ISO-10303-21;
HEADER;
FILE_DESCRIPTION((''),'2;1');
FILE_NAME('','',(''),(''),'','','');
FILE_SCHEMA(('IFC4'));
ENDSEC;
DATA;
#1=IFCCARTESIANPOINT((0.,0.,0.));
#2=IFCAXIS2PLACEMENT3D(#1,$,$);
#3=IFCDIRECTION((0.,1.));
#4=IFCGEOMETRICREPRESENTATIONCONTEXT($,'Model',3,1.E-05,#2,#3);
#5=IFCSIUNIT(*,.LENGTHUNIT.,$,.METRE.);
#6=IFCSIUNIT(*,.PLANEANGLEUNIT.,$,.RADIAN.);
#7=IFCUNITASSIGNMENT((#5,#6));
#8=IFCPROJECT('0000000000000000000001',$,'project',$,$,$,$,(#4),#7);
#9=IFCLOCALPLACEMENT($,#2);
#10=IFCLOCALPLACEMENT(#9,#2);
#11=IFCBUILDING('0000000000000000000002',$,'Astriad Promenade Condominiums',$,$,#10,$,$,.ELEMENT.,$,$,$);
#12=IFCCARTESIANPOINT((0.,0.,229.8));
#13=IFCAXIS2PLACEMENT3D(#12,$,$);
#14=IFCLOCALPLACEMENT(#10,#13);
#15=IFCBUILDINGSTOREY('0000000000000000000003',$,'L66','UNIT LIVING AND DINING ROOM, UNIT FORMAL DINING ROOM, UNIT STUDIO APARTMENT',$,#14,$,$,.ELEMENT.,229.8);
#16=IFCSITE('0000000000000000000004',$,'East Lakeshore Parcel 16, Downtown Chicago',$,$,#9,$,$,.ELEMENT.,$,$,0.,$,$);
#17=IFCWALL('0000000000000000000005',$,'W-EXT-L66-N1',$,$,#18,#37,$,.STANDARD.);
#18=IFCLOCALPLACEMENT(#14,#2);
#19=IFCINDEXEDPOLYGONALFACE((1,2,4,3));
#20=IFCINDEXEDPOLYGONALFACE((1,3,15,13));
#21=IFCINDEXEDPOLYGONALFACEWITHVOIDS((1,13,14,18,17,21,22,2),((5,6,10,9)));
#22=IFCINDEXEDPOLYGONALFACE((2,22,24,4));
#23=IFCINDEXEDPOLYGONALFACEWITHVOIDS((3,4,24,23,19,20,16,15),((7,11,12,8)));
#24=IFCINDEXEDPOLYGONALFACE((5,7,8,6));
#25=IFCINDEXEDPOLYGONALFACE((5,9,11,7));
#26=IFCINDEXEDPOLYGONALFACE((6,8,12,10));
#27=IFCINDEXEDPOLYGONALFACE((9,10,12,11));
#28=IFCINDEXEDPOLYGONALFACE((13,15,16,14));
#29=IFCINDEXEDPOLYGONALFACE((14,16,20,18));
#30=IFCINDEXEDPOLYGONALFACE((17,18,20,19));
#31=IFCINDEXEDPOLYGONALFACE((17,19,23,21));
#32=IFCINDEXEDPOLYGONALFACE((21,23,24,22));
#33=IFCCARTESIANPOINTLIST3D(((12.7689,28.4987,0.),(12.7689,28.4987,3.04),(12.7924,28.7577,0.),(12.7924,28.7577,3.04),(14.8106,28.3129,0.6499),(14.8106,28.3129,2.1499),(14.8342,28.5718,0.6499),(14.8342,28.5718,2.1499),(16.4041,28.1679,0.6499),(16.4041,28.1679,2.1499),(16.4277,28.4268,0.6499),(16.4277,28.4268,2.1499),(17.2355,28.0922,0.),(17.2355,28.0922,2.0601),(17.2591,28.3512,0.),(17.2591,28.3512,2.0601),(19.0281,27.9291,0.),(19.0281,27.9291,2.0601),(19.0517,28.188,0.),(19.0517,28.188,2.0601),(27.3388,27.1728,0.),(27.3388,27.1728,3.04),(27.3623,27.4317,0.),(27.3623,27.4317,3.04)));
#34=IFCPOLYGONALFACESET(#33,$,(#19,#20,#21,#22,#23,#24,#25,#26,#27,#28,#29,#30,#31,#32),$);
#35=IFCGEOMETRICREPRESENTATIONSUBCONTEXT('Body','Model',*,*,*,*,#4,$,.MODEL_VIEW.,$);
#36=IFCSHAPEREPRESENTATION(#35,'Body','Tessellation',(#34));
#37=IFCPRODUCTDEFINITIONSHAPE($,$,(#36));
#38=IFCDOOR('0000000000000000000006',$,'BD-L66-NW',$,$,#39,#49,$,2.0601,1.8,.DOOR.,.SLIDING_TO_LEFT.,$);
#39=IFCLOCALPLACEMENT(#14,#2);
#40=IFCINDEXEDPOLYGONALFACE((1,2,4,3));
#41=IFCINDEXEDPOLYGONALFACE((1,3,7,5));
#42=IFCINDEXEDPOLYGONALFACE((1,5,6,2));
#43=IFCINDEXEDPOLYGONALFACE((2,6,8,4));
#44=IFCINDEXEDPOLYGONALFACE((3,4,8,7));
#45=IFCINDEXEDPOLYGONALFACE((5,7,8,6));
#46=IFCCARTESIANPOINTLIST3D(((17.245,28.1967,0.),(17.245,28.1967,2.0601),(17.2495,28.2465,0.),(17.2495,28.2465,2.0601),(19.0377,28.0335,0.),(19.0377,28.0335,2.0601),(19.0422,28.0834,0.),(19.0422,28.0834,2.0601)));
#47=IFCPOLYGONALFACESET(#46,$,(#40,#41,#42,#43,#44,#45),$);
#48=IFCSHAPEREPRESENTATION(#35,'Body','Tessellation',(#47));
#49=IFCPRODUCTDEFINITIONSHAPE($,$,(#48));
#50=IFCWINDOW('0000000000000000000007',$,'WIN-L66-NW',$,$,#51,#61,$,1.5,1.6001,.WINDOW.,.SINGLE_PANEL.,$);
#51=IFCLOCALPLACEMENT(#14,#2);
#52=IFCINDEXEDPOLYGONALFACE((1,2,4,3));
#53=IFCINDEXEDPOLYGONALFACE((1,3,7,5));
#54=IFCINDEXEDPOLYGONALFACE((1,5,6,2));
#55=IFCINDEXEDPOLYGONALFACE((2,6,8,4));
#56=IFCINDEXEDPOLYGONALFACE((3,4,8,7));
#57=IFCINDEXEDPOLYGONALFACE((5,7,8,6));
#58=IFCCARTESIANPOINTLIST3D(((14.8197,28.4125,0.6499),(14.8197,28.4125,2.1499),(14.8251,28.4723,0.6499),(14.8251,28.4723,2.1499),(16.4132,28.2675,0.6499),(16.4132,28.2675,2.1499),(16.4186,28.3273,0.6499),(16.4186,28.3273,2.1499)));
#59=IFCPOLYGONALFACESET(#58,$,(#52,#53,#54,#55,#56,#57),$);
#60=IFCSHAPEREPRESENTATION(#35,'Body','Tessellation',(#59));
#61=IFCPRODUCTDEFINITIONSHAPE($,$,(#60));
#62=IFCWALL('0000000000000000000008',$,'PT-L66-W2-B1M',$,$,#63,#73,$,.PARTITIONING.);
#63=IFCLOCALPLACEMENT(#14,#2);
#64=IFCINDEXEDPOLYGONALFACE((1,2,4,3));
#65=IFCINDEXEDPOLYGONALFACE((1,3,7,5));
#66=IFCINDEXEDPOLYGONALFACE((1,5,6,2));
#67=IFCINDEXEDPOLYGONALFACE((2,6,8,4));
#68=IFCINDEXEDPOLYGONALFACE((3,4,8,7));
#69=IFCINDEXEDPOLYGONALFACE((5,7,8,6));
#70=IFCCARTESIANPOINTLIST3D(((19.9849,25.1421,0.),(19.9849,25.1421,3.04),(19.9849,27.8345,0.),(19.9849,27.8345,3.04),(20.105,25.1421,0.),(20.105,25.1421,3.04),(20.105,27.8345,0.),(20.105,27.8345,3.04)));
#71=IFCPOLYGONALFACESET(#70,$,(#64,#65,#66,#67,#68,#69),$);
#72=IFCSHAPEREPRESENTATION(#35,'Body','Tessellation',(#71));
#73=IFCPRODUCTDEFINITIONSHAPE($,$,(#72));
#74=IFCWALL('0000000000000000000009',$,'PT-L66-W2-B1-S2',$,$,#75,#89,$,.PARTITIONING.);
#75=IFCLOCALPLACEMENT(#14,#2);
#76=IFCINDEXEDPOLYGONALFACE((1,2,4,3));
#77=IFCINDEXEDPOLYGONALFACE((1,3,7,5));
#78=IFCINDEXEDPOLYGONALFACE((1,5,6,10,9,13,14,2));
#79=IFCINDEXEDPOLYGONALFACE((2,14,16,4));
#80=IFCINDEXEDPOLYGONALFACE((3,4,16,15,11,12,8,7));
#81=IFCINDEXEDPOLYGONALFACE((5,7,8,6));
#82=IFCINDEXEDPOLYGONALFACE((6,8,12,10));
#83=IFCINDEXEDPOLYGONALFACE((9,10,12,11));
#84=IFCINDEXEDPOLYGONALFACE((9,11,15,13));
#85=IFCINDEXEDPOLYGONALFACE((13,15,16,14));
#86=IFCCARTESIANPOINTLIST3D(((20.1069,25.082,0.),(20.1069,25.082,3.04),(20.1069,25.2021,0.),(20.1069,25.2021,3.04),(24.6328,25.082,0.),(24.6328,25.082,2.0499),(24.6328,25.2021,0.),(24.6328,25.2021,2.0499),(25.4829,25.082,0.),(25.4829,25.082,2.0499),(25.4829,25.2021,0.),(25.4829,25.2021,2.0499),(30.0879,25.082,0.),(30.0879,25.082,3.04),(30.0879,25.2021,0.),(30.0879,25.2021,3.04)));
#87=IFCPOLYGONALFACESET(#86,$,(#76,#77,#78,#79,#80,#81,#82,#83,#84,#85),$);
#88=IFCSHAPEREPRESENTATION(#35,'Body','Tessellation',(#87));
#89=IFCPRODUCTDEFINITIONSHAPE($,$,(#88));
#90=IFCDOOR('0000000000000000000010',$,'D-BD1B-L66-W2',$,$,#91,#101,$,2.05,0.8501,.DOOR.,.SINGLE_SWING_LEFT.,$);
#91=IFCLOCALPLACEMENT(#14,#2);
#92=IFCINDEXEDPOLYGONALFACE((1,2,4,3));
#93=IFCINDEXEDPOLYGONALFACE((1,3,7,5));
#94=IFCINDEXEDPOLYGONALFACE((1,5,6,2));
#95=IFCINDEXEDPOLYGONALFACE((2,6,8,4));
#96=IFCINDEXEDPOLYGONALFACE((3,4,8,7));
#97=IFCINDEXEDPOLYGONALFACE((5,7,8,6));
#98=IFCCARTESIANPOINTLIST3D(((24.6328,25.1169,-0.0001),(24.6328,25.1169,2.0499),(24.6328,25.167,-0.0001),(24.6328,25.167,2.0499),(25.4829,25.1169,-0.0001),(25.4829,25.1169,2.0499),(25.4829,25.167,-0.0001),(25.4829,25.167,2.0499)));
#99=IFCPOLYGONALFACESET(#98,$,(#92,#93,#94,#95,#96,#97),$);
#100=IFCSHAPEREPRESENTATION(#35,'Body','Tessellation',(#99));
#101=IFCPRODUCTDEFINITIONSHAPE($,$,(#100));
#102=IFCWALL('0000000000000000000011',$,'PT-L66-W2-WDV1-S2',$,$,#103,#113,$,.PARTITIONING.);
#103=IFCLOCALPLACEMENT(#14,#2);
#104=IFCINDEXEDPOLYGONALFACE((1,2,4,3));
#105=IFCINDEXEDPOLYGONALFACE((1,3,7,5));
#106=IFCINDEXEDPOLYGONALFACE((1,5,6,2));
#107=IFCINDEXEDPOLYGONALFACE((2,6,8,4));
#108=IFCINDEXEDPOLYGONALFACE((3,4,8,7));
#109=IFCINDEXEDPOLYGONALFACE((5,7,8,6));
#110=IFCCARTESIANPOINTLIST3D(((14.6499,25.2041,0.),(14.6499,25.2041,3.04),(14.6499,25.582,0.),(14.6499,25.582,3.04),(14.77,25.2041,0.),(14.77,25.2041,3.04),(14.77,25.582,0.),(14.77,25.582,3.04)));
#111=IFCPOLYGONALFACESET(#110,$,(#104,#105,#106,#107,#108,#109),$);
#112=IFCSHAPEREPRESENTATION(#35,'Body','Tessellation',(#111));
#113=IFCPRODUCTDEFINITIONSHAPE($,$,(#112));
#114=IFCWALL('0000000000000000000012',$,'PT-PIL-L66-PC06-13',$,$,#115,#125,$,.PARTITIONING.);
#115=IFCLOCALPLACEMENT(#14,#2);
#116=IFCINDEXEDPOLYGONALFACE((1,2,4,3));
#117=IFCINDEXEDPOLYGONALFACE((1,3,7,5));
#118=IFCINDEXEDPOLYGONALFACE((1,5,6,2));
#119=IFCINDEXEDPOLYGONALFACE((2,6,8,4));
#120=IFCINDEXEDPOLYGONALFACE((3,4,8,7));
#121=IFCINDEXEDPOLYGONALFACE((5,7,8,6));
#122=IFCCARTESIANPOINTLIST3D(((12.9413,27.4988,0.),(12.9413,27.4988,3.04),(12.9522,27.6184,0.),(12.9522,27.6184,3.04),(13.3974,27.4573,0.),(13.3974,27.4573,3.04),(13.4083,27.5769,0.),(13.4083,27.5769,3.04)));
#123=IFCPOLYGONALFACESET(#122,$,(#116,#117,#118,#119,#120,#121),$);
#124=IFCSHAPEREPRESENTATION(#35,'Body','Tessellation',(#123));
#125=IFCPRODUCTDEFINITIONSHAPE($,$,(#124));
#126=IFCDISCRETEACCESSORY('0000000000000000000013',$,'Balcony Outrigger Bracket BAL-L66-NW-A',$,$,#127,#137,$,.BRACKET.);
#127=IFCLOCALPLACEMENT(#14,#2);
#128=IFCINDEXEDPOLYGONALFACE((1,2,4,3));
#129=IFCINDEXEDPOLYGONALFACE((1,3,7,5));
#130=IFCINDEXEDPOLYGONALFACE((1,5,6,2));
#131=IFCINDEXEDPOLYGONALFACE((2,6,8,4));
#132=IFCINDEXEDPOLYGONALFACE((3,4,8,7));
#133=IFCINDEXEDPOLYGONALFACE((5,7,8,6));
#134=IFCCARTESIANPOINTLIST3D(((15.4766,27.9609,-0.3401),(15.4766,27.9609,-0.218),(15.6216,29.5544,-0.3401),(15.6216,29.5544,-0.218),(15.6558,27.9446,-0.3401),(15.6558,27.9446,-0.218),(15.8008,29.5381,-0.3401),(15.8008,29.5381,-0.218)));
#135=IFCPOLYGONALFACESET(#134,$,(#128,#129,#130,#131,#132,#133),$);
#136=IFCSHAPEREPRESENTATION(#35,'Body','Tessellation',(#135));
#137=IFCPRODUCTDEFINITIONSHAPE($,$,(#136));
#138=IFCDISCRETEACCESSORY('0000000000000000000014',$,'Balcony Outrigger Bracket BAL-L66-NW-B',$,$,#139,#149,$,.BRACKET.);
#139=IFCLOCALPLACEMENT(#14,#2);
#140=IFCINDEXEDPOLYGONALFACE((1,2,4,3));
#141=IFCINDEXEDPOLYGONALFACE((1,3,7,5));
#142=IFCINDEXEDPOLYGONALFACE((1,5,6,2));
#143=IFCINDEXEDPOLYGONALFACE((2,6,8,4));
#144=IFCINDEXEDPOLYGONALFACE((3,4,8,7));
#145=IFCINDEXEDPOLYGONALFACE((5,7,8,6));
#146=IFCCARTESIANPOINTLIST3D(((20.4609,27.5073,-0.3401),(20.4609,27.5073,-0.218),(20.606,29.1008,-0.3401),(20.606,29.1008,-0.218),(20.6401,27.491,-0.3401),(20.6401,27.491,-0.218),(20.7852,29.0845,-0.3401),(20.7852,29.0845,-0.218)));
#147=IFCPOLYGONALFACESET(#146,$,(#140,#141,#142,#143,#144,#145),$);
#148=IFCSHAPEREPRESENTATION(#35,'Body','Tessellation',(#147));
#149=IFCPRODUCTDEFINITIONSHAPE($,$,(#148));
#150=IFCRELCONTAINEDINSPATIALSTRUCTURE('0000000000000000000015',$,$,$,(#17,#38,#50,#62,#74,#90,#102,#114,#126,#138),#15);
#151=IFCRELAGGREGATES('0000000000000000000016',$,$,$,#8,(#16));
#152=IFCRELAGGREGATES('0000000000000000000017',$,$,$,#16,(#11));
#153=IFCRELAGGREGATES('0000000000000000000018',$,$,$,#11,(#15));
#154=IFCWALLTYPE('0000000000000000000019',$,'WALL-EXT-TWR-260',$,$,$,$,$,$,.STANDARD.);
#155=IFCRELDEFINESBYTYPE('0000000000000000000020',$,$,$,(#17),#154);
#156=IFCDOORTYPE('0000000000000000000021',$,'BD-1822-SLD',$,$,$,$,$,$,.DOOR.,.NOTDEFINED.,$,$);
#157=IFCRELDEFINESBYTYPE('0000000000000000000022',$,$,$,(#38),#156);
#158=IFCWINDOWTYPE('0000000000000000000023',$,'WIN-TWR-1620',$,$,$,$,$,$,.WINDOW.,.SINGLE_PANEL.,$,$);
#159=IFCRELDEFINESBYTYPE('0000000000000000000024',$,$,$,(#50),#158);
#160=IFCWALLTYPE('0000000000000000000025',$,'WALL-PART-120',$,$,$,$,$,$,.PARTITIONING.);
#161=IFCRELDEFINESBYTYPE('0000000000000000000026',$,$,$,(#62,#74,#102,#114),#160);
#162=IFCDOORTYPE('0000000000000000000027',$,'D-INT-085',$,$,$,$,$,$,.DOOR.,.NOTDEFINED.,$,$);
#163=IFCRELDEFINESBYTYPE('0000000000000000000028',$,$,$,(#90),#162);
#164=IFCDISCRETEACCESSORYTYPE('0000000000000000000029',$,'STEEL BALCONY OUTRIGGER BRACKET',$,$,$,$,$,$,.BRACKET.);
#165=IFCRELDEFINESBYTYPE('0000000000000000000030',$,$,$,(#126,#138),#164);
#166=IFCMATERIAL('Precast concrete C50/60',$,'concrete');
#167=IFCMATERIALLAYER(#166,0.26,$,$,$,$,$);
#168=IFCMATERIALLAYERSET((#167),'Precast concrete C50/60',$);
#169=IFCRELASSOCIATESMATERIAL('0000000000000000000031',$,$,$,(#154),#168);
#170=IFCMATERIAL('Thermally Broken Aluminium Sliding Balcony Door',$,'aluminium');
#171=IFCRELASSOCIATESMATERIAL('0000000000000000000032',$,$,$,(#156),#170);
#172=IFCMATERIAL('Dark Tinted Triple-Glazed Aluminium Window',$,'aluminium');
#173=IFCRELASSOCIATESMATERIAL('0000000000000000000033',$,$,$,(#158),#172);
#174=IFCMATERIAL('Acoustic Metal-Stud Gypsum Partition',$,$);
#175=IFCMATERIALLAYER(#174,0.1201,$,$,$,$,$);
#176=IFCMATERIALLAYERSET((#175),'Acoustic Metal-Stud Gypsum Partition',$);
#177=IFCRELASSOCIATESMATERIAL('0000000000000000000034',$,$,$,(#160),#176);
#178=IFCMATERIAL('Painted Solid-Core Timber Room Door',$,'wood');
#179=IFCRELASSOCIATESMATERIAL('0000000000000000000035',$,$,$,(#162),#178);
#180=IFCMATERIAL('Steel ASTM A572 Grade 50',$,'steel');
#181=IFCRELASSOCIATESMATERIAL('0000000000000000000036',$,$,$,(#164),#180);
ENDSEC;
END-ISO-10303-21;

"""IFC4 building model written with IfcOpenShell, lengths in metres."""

from ifc_helpers import new_model, si_unit, direction, frame, frame_2d, origin, origin_2d, place, context, subcontext, project, spatial, rectangle, extrude, source, transform, mapped, material, layer, layer_set, type_object, type_shapes, element, fill, save


model = new_model("IFC4")

# Units and contexts
model_context = context("Model", 3, precision=1e-05, world=origin(), true_north=direction((0.0, 1.0)))
body_context = subcontext(model_context, "Body", "Model", "MODEL_VIEW")
ifc_project = project(units=[si_unit("LENGTHUNIT", "METRE"), si_unit("PLANEANGLEUNIT", "RADIAN")], contexts=[model_context])

# Site, building, storey
site_placement = place(None, origin())
site = spatial("IfcSite", under=ifc_project, at=site_placement, Name="East Lakeshore Parcel 16, Downtown Chicago", CompositionType="ELEMENT", RefElevation=0.0)
building_placement = place(site_placement, origin())
building = spatial("IfcBuilding", under=site, at=building_placement, Name="Astriad Promenade Condominiums", CompositionType="ELEMENT")
storey_placement = place(building_placement, frame((0.0, 0.0, 229.8)))
storey = spatial("IfcBuildingStorey", under=building, at=storey_placement, Name="L66", Description="UNIT LIVING AND DINING ROOM, UNIT FORMAL DINING ROOM, UNIT STUDIO APARTMENT", CompositionType="ELEMENT", Elevation=229.8)

# Shared definitions
ifc_material_1 = material(Name="Precast concrete C50/60", Category="concrete")
ifc_layer_1 = layer(ifc_material_1, 0.26)
ifc_layer_set_1 = layer_set([ifc_layer_1], Name="Precast concrete C50/60")
wall_type_1 = type_object("IfcWallType", Name="WALL-EXT-TWR-260", PredefinedType="STANDARD", material=ifc_layer_set_1)

# Wall, openings, door, window
wall_1_placement = place(storey_placement, frame((12.7808, 28.6282, 0.0), z_axis=(0.0, 0.0, 1.0), x_axis=(0.995885, -0.090631, 0.0)))
wall_1 = element("IfcWall", 1, at=wall_1_placement, inside=storey, type_object=wall_type_1, Name="W-EXT-L66-N1", PredefinedType="STANDARD", context=body_context, shape_type="SweptSolid", body=[
    extrude(rectangle(XDim=14.6301, YDim=0.26, at=frame_2d((7.3149, 0.0))), origin(), (0.0, 0.0, 1.0), 3.04),
])
opening_1_placement = place(wall_1_placement, frame((4.4851, 0.0, 0.0)))
opening_1 = element("IfcOpeningElement", 2, at=opening_1_placement, cuts=wall_1, PredefinedType="OPENING", context=body_context, shape_type="SweptSolid", body=[
    extrude(rectangle(XDim=1.8, YDim=2.0601, at=frame_2d((0.8999, 1.03))), frame((0.0, 0.1399, 0.0), z_axis=(0.0, -1.0, 0.0), x_axis=(1.0, 0.0, 0.0)), (0.0, 0.0, 1.0), 0.28),
])
opening_2_placement = place(wall_1_placement, frame((2.05, 0.0, 0.6499)))
opening_2 = element("IfcOpeningElement", 3, at=opening_2_placement, cuts=wall_1, PredefinedType="OPENING", context=body_context, shape_type="SweptSolid", body=[
    extrude(rectangle(XDim=1.6001, YDim=1.5, at=frame_2d((0.8, 0.75))), frame((0.0, 0.1399, 0.0), z_axis=(0.0, -1.0, 0.0), x_axis=(1.0, 0.0, 0.0)), (0.0, 0.0, 1.0), 0.28),
])
ifc_material_2 = material(Name="Thermally Broken Aluminium Sliding Balcony Door", Category="aluminium")
door_type_1 = type_object("IfcDoorType", Name="BD-1822-SLD", OperationType="NOTDEFINED", PredefinedType="DOOR", material=ifc_material_2)
shared_shape_1 = source(origin(), body_context, "Body", "SweptSolid", [
    extrude(rectangle(XDim=1.8, YDim=2.0601, at=frame_2d((0.8999, 1.03))), frame((0.0, 0.0249, 0.0), z_axis=(0.0, -1.0, 0.0), x_axis=(1.0, 0.0, 0.0)), (0.0, 0.0, 1.0), 0.05),
])
type_shapes(door_type_1, [shared_shape_1])
door_1_placement = place(opening_1_placement, origin())
door_1 = element("IfcDoor", 4, at=door_1_placement, inside=storey, type_object=door_type_1, Name="BD-L66-NW", OperationType="SLIDING_TO_LEFT", OverallHeight=2.0601, OverallWidth=1.8, PredefinedType="DOOR", context=body_context, shape_type="MappedRepresentation", body=[
    mapped(shared_shape_1, transform((0.0, 0.0, 0.0), scale=1.0)),
])
fill(opening_1, door_1)
ifc_material_3 = material(Name="Dark Tinted Triple-Glazed Aluminium Window", Category="aluminium")
window_type = type_object("IfcWindowType", Name="WIN-TWR-1620", PartitioningType="SINGLE_PANEL", PredefinedType="WINDOW", material=ifc_material_3)
shared_shape_2 = source(origin(), body_context, "Body", "SweptSolid", [
    extrude(rectangle(XDim=1.6001, YDim=1.5, at=frame_2d((0.8, 0.75))), frame((0.0, 0.03, 0.0), z_axis=(0.0, -1.0, 0.0), x_axis=(1.0, 0.0, 0.0)), (0.0, 0.0, 1.0), 0.0601),
])
type_shapes(window_type, [shared_shape_2])
window_placement = place(opening_2_placement, origin())
window = element("IfcWindow", 5, at=window_placement, inside=storey, type_object=window_type, Name="WIN-L66-NW", OverallHeight=1.5, OverallWidth=1.6001, PartitioningType="SINGLE_PANEL", PredefinedType="WINDOW", context=body_context, shape_type="MappedRepresentation", body=[
    mapped(shared_shape_2, transform((0.0, 0.0, 0.0), scale=1.0)),
])
fill(opening_2, window)

# Wall
ifc_material_4 = material(Name="Acoustic Metal-Stud Gypsum Partition")
ifc_layer_2 = layer(ifc_material_4, 0.1201)
ifc_layer_set_2 = layer_set([ifc_layer_2], Name="Acoustic Metal-Stud Gypsum Partition")
wall_type_2 = type_object("IfcWallType", Name="WALL-PART-120", PredefinedType="PARTITIONING", material=ifc_layer_set_2)
wall_2_placement = place(storey_placement, frame((20.0449, 25.1421, 0.0), z_axis=(0.0, 0.0, 1.0), x_axis=(0.0, 1.0, 0.0)))
element("IfcWall", 6, at=wall_2_placement, inside=storey, type_object=wall_type_2, Name="PT-L66-W2-B1M", PredefinedType="PARTITIONING", context=body_context, shape_type="SweptSolid", body=[
    extrude(rectangle(XDim=2.6924, YDim=0.1201, at=frame_2d((1.3462, 0.0))), origin(), (0.0, 0.0, 1.0), 3.04),
])

# Wall, opening, door
wall_3_placement = place(storey_placement, frame((20.1069, 25.1421, 0.0), z_axis=(0.0, 0.0, 1.0), x_axis=(1.0, 0.0, 0.0)))
wall_3 = element("IfcWall", 7, at=wall_3_placement, inside=storey, type_object=wall_type_2, Name="PT-L66-W2-B1-S2", PredefinedType="PARTITIONING", context=body_context, shape_type="SweptSolid", body=[
    extrude(rectangle(XDim=9.981, YDim=0.1201, at=frame_2d((4.9905, 0.0))), origin(), (0.0, 0.0, 1.0), 3.04),
])
opening_3_placement = place(wall_3_placement, frame((4.5259, 0.0, 0.0)))
opening_3 = element("IfcOpeningElement", 8, at=opening_3_placement, cuts=wall_3, PredefinedType="OPENING", context=body_context, shape_type="SweptSolid", body=[
    extrude(rectangle(XDim=0.8501, YDim=2.05, at=frame_2d((0.425, 1.0249))), frame((0.0, 0.0701, 0.0), z_axis=(0.0, -1.0, 0.0), x_axis=(1.0, 0.0, 0.0)), (0.0, 0.0, 1.0), 0.1401),
])
ifc_material_5 = material(Name="Painted Solid-Core Timber Room Door", Category="wood")
door_type_2 = type_object("IfcDoorType", Name="D-INT-085", OperationType="NOTDEFINED", PredefinedType="DOOR", material=ifc_material_5)
shared_shape_3 = source(origin(), body_context, "Body", "SweptSolid", [
    extrude(rectangle(XDim=0.8501, YDim=2.05, at=frame_2d((0.425, 1.0249))), frame((0.0, 0.0249, 0.0), z_axis=(0.0, -1.0, 0.0), x_axis=(1.0, 0.0, 0.0)), (0.0, 0.0, 1.0), 0.05),
])
type_shapes(door_type_2, [shared_shape_3])
door_2_placement = place(opening_3_placement, origin())
door_2 = element("IfcDoor", 9, at=door_2_placement, inside=storey, type_object=door_type_2, Name="D-BD1B-L66-W2", OperationType="SINGLE_SWING_LEFT", OverallHeight=2.05, OverallWidth=0.8501, PredefinedType="DOOR", context=body_context, shape_type="MappedRepresentation", body=[
    mapped(shared_shape_3, transform((0.0, 0.0, 0.0), scale=1.0)),
])
fill(opening_3, door_2)

# Walls
wall_4_placement = place(storey_placement, frame((14.71, 25.2041, 0.0), z_axis=(0.0, 0.0, 1.0), x_axis=(0.0, 1.0, 0.0)))
element("IfcWall", 10, at=wall_4_placement, inside=storey, type_object=wall_type_2, Name="PT-L66-W2-WDV1-S2", PredefinedType="PARTITIONING", context=body_context, shape_type="SweptSolid", body=[
    extrude(rectangle(XDim=0.3779, YDim=0.1201, at=frame_2d((0.189, 0.0))), origin(), (0.0, 0.0, 1.0), 3.04),
])
wall_5_placement = place(storey_placement, frame((13.4028, 27.5171, 0.0), z_axis=(0.0, 0.0, 1.0), x_axis=(-0.995884, 0.090632, 0.0)))
element("IfcWall", 11, at=wall_5_placement, inside=storey, type_object=wall_type_2, Name="PT-PIL-L66-PC06-13", PredefinedType="PARTITIONING", context=body_context, shape_type="SweptSolid", body=[
    extrude(rectangle(XDim=0.458, YDim=0.1201, at=frame_2d((0.229, 0.0))), origin(), (0.0, 0.0, 1.0), 3.04),
])

# Discrete accessories
ifc_material_6 = material(Name="Steel ASTM A572 Grade 50", Category="steel")
discrete_accessory_type = type_object("IfcDiscreteAccessoryType", Name="STEEL BALCONY OUTRIGGER BRACKET", PredefinedType="BRACKET", material=ifc_material_6)
shared_shape_4 = source(origin(), body_context, "Body", "SweptSolid", [
    extrude(rectangle(XDim=1.6001, YDim=0.1799, at=origin_2d()), origin(), (0.0, 0.0, 1.0), 0.1221),
])
type_shapes(discrete_accessory_type, [shared_shape_4])
for number, where, z_axis, x_axis, name in (
    (12, (15.6387, 28.7495, -0.3401), (0.0, 0.0, 1.0), (0.090633, 0.995884, 0.0), "Balcony Outrigger Bracket BAL-L66-NW-A"),
    (13, (20.623, 28.2959, -0.3401), (0.0, 0.0, 1.0), (0.090633, 0.995884, 0.0), "Balcony Outrigger Bracket BAL-L66-NW-B"),
):
    element("IfcDiscreteAccessory", number, at=place(storey_placement, frame(where, z_axis=z_axis, x_axis=x_axis)), inside=storey, type_object=discrete_accessory_type, Name=name, PredefinedType="BRACKET", context=body_context, shape_type="MappedRepresentation", body=[
        mapped(shared_shape_4, transform((0.0, 0.0, 0.0), scale=1.0)),
    ])

save(model, "model.ifc")
